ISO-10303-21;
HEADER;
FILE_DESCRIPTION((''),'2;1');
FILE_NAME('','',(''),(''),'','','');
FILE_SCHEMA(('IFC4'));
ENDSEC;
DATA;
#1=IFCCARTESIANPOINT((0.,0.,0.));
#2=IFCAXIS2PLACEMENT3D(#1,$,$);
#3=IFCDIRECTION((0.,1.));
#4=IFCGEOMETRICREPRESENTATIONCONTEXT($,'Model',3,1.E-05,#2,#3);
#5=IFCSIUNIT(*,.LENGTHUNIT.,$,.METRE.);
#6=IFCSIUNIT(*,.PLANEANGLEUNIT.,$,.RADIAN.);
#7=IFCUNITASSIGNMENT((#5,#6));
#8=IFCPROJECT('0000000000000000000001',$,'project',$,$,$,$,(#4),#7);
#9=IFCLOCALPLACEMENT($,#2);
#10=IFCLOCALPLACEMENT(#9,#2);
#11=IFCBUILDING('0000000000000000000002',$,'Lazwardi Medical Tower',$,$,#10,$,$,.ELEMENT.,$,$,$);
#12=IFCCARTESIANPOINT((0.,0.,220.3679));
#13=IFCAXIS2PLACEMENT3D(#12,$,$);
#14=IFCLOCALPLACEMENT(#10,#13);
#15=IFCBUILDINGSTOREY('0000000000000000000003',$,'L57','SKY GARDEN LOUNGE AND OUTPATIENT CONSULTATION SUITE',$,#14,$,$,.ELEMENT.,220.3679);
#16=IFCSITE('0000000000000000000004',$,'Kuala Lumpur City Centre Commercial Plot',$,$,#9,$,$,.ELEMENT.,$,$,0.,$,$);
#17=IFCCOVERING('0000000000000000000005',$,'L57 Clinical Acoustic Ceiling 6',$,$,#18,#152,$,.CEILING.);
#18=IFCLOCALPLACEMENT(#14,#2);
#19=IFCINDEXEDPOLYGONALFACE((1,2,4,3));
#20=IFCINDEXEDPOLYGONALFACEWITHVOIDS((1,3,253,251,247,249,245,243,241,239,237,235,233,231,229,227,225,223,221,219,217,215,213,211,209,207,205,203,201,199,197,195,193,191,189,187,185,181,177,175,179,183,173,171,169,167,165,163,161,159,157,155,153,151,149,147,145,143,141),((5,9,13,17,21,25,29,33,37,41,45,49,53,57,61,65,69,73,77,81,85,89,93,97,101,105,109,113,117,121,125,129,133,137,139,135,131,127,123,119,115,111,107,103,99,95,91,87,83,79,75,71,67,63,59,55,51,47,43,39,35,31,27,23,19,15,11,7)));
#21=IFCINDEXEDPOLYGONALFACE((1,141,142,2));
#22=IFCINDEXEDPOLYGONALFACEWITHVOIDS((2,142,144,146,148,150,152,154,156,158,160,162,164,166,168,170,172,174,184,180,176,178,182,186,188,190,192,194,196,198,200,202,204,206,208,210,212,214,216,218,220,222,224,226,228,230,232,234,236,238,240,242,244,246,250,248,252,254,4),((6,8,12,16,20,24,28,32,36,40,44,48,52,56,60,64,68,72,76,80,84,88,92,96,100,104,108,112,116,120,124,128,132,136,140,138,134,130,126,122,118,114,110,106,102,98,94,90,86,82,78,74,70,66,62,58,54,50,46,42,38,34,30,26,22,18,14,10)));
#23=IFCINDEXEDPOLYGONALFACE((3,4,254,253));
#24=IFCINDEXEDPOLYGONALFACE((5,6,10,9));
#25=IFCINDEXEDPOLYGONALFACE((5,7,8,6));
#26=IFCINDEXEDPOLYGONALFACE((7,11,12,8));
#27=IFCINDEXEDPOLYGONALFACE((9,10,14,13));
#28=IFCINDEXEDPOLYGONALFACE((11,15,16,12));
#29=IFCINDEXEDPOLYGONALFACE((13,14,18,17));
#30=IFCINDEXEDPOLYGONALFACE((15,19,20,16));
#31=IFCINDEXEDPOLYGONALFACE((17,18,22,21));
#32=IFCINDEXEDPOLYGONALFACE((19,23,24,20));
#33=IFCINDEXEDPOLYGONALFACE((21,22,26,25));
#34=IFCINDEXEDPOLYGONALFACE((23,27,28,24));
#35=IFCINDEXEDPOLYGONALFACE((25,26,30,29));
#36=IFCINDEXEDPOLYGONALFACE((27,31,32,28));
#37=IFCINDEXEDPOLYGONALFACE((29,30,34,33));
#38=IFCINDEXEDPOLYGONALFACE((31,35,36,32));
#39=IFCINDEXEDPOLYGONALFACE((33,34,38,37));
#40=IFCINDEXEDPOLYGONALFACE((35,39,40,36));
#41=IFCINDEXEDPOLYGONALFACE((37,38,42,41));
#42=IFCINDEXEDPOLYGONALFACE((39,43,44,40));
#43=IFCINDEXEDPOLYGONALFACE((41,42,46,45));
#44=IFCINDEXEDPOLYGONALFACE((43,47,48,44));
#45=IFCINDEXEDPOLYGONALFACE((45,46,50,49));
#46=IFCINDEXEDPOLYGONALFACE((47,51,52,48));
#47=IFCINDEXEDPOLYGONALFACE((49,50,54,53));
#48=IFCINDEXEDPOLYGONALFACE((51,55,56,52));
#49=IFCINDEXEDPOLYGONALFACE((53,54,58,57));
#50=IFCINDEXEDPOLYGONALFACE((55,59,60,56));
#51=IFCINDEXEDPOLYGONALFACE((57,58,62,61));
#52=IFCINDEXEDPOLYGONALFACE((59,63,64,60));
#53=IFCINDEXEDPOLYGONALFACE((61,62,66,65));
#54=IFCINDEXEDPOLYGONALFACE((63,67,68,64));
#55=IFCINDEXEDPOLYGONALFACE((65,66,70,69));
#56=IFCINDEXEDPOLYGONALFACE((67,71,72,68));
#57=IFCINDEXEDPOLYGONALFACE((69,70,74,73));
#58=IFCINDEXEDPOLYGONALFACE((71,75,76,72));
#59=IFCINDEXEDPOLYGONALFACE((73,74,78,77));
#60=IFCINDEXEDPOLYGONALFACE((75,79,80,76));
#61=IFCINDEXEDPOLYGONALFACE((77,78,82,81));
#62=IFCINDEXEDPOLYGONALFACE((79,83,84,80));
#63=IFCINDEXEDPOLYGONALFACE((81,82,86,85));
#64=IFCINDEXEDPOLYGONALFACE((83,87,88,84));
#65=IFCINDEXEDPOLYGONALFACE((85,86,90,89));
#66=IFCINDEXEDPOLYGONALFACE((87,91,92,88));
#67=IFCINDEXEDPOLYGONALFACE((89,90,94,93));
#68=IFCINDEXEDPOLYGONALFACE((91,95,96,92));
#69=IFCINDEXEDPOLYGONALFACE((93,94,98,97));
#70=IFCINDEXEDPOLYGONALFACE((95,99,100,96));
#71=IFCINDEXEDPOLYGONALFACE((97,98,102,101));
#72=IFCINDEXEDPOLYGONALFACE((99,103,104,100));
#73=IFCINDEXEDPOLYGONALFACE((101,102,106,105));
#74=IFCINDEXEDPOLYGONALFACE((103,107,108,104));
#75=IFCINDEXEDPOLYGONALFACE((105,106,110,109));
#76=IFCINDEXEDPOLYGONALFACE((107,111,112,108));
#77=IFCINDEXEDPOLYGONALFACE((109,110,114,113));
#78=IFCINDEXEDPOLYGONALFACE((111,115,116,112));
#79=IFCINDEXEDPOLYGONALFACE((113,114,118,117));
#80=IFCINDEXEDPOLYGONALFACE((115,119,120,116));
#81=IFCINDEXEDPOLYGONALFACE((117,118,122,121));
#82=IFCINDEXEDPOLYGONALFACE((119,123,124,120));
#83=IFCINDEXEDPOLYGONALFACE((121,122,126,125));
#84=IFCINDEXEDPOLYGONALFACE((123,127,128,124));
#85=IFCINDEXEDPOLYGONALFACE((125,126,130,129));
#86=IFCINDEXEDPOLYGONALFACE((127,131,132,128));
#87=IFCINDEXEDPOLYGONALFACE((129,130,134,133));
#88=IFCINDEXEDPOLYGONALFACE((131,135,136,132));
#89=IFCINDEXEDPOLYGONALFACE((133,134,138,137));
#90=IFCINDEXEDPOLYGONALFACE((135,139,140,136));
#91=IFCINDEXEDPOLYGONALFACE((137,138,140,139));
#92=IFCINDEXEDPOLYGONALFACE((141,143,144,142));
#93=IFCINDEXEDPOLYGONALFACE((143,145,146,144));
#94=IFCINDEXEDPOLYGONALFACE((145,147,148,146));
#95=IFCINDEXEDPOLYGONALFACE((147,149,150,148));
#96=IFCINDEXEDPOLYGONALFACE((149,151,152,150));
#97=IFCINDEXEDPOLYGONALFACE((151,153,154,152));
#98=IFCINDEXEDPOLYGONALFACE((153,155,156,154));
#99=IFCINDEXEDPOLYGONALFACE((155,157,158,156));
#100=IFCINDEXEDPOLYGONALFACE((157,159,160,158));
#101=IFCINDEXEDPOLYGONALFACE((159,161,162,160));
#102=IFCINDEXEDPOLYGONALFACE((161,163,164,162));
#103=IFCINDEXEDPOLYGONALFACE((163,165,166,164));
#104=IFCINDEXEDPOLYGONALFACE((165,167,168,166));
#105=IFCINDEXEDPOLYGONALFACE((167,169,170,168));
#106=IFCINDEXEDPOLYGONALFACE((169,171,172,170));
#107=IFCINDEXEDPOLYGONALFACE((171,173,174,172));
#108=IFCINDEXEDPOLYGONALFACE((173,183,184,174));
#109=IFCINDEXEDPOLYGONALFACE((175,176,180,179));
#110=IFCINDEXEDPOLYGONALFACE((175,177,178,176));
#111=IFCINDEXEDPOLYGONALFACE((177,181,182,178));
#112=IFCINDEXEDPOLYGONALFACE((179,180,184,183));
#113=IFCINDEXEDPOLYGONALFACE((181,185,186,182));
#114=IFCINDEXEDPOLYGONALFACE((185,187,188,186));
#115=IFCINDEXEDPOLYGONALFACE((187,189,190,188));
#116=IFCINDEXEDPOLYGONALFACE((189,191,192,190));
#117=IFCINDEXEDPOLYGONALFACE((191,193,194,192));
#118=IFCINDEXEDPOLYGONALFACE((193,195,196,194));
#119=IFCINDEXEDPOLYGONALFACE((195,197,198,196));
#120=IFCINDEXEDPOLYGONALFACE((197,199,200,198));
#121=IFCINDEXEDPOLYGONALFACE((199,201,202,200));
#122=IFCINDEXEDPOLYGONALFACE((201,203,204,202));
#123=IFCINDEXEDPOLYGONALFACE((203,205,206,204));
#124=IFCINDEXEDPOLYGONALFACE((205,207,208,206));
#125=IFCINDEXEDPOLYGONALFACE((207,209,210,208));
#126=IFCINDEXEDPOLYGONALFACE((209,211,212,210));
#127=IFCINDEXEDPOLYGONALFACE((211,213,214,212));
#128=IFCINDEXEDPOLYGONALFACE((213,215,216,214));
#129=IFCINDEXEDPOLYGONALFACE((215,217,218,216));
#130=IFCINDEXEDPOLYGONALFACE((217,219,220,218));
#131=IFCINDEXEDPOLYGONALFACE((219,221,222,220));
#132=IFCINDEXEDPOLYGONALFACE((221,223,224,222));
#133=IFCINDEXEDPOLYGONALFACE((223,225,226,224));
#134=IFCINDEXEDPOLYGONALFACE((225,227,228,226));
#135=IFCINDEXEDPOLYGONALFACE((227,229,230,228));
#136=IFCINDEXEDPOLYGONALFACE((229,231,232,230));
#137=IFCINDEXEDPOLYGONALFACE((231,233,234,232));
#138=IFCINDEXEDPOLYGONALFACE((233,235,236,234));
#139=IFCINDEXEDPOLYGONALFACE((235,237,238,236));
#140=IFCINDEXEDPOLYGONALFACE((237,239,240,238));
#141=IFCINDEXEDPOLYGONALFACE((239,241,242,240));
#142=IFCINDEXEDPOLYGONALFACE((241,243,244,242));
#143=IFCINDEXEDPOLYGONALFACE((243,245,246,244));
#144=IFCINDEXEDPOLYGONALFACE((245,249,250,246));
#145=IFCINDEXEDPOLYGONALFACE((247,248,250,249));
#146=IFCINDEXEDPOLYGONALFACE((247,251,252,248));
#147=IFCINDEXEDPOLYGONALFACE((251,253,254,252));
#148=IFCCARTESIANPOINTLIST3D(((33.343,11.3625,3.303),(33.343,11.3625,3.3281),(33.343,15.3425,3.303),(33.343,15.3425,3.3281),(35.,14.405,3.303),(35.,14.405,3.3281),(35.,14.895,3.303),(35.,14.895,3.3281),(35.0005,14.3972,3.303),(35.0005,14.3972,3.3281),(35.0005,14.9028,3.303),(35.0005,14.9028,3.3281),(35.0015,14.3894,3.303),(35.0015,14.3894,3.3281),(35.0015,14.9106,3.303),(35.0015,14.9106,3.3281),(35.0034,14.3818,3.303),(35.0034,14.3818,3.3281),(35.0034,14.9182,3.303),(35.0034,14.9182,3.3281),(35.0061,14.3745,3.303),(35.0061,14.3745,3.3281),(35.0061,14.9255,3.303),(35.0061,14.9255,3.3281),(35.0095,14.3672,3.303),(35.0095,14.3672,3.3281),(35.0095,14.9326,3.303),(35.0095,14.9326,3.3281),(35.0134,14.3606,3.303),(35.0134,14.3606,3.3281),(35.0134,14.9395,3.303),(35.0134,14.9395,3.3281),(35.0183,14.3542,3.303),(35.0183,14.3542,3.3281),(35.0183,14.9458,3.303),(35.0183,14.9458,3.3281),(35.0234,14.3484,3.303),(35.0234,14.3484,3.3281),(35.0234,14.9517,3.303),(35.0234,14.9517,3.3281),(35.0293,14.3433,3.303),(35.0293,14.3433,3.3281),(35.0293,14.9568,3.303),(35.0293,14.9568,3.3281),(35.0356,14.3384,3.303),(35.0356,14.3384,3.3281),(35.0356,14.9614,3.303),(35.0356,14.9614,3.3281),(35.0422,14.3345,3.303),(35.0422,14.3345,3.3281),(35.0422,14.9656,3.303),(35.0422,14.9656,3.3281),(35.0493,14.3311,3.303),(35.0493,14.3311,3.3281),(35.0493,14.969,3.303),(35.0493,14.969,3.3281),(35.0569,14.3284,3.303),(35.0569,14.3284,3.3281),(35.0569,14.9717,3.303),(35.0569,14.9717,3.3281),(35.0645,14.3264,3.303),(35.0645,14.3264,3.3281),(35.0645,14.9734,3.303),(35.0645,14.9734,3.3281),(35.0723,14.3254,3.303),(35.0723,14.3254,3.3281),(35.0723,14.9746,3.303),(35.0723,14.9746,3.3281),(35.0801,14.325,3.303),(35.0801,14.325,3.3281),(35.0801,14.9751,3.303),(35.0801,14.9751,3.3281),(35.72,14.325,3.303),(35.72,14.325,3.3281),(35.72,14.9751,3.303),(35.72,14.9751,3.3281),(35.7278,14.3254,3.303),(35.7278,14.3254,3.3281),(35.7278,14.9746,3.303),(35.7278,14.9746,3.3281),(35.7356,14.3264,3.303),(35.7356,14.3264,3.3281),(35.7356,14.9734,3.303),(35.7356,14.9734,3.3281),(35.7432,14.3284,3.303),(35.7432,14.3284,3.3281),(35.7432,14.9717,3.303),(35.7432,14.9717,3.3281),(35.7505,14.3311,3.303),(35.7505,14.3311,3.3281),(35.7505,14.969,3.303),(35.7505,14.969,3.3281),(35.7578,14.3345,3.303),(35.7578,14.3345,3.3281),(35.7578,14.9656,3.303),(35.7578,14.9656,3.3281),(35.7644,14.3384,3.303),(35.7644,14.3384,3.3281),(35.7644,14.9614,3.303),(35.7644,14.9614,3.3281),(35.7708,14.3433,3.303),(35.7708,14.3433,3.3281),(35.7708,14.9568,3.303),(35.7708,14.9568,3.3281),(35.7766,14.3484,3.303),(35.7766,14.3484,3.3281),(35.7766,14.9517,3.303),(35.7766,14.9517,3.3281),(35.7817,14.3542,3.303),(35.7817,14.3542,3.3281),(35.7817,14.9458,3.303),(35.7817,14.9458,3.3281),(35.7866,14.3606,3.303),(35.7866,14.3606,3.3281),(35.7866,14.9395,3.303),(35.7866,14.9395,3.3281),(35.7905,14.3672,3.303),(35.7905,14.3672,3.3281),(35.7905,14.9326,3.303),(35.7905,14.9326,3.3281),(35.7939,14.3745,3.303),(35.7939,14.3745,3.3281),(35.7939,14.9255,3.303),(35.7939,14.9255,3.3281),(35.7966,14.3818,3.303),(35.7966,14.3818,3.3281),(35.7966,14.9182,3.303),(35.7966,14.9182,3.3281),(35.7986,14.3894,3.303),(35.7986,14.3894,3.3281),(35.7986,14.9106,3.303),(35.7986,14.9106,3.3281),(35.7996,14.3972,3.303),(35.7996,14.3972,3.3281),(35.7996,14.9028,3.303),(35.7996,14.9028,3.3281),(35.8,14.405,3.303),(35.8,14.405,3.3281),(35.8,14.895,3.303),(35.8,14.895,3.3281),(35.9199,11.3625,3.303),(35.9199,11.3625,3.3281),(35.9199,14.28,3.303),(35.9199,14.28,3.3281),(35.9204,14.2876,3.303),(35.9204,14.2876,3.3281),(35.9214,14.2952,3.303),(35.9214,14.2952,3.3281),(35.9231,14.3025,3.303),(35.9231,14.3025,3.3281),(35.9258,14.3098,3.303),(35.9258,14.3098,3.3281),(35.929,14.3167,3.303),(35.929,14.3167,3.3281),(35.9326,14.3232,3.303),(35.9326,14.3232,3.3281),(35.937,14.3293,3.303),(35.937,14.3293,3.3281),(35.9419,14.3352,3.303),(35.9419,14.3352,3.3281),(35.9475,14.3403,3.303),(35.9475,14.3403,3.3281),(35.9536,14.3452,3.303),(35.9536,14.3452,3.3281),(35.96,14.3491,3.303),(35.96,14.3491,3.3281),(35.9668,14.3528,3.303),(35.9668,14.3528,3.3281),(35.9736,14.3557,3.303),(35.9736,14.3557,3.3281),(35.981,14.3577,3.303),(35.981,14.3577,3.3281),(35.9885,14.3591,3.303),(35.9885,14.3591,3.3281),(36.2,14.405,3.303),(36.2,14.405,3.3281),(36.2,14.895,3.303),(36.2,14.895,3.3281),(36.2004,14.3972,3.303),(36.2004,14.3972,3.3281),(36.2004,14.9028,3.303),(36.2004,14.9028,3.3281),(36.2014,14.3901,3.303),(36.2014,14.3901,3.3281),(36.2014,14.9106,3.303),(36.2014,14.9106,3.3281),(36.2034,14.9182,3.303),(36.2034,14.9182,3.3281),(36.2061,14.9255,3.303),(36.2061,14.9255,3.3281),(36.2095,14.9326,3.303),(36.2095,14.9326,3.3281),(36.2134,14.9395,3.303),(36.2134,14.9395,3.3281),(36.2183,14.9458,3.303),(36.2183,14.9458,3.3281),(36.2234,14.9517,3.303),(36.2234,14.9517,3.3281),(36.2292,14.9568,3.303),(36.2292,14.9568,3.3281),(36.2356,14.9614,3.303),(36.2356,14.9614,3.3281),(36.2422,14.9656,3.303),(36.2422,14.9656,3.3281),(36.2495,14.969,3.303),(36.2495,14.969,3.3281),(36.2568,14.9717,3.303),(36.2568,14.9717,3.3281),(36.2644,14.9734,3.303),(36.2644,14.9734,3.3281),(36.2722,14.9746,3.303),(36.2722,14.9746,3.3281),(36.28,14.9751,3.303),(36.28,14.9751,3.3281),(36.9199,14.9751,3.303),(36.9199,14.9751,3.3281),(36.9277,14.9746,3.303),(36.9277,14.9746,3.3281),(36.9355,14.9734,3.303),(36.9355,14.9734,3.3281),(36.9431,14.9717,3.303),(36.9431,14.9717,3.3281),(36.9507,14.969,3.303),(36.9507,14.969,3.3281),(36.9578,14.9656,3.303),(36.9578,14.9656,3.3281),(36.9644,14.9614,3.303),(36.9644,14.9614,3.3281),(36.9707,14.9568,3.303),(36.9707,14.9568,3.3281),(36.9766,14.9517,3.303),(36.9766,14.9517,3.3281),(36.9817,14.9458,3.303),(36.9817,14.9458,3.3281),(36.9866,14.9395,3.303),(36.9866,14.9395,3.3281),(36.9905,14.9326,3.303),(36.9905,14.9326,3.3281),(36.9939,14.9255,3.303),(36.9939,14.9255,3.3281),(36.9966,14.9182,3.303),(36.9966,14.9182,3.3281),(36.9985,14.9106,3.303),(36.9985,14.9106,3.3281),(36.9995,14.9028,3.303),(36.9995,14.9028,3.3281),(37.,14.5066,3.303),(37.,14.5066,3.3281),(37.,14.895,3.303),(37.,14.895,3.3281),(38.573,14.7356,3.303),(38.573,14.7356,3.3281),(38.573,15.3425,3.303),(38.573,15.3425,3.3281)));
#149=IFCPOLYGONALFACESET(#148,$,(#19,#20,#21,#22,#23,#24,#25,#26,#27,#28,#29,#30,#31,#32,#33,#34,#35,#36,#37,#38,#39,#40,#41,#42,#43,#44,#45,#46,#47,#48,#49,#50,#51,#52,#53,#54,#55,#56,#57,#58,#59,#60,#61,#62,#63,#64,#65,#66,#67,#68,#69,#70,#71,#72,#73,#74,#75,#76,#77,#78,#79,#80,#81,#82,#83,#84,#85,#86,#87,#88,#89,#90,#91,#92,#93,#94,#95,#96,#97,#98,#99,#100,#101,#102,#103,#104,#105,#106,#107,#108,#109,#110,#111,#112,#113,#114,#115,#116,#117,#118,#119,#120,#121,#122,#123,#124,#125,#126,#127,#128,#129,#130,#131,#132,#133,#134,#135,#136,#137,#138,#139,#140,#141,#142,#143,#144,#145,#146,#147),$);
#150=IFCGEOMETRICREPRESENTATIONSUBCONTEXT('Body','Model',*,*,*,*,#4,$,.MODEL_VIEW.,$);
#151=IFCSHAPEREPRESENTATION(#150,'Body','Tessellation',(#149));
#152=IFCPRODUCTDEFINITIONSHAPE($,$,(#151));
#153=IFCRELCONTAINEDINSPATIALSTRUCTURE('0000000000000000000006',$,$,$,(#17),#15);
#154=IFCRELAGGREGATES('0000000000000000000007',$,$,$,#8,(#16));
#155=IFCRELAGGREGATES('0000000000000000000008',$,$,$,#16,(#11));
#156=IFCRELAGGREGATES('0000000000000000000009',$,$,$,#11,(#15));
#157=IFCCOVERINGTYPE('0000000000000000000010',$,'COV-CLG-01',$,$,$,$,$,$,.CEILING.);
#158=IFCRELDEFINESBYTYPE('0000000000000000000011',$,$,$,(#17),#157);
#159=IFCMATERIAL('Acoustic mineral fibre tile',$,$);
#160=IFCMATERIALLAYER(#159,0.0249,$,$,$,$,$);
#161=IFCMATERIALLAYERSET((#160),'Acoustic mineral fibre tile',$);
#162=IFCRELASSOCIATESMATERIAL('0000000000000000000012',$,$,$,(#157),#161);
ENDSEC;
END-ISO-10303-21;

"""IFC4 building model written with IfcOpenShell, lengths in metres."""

from ifc_helpers import new_model, si_unit, direction, frame, origin, place, context, subcontext, project, spatial, polyline, outline, extrude, material, layer, layer_set, type_object, element, save


model = new_model("IFC4")

# Units and contexts
model_context = context("Model", 3, precision=1e-05, world=origin(), true_north=direction((0.0, 1.0)))
body_context = subcontext(model_context, "Body", "Model", "MODEL_VIEW")
ifc_project = project(units=[si_unit("LENGTHUNIT", "METRE"), si_unit("PLANEANGLEUNIT", "RADIAN")], contexts=[model_context])

# Site, building, storey
site_placement = place(None, origin())
site = spatial("IfcSite", under=ifc_project, at=site_placement, Name="Kuala Lumpur City Centre Commercial Plot", CompositionType="ELEMENT", RefElevation=0.0)
building_placement = place(site_placement, origin())
building = spatial("IfcBuilding", under=site, at=building_placement, Name="Lazwardi Medical Tower", CompositionType="ELEMENT")
storey_placement = place(building_placement, frame((0.0, 0.0, 220.3679)))
storey = spatial("IfcBuildingStorey", under=building, at=storey_placement, Name="L57", Description="SKY GARDEN LOUNGE AND OUTPATIENT CONSULTATION SUITE", CompositionType="ELEMENT", Elevation=220.3679)

# Covering
ifc_material_1 = material(Name="Acoustic mineral fibre tile")
ifc_layer_1 = layer(ifc_material_1, 0.0249)
ifc_layer_set_1 = layer_set([ifc_layer_1], Name="Acoustic mineral fibre tile")
covering_type_1 = type_object("IfcCoveringType", Name="COV-CLG-01", PredefinedType="CEILING", material=ifc_layer_set_1)
covering_1_placement = place(storey_placement, frame((0.0, 0.0, 3.303)))
element("IfcCovering", 1, at=covering_1_placement, inside=storey, type_object=covering_type_1, Name="L57 Clinical Acoustic Ceiling 6", PredefinedType="CEILING", context=body_context, shape_type="SweptSolid", body=[
    extrude(outline(polyline([(35.9199, 11.3625), (35.9199, 14.28), (35.9204, 14.2876), (35.9214, 14.2952), (35.9231, 14.3025), (35.9258, 14.3098), (35.929, 14.3167), (35.9326, 14.3232), (35.937, 14.3293), (35.9419, 14.3352), (35.9475, 14.3403), (35.9536, 14.3452), (35.96, 14.3491), (35.9668, 14.3528), (35.9736, 14.3557), (35.981, 14.3577), (35.9885, 14.3591), (36.2014, 14.3901), (36.2004, 14.3972), (36.2, 14.405), (36.2, 14.895), (36.2004, 14.9028), (36.2014, 14.9106), (36.2034, 14.9182), (36.2061, 14.9255), (36.2095, 14.9326), (36.2134, 14.9395), (36.2183, 14.9458), (36.2234, 14.9517), (36.2292, 14.9568), (36.2356, 14.9614), (36.2422, 14.9656), (36.2495, 14.969), (36.2568, 14.9717), (36.2644, 14.9734), (36.2722, 14.9746), (36.28, 14.9751), (36.9199, 14.9751), (36.9277, 14.9746), (36.9355, 14.9734), (36.9431, 14.9717), (36.9507, 14.969), (36.9578, 14.9656), (36.9644, 14.9614), (36.9707, 14.9568), (36.9766, 14.9517), (36.9817, 14.9458), (36.9866, 14.9395), (36.9905, 14.9326), (36.9939, 14.9255), (36.9966, 14.9182), (36.9985, 14.9106), (36.9995, 14.9028), (37.0, 14.895), (37.0, 14.5066), (38.573, 14.7356), (38.573, 15.3425), (33.343, 15.3425), (33.343, 11.3625), (35.9199, 11.3625)]), holes=[polyline([(35.7432, 14.3284), (35.7356, 14.3264), (35.7278, 14.3254), (35.72, 14.325), (35.0801, 14.325), (35.0723, 14.3254), (35.0645, 14.3264), (35.0569, 14.3284), (35.0493, 14.3311), (35.0422, 14.3345), (35.0356, 14.3384), (35.0293, 14.3433), (35.0234, 14.3484), (35.0183, 14.3542), (35.0134, 14.3606), (35.0095, 14.3672), (35.0061, 14.3745), (35.0034, 14.3818), (35.0015, 14.3894), (35.0005, 14.3972), (35.0, 14.405), (35.0, 14.895), (35.0005, 14.9028), (35.0015, 14.9106), (35.0034, 14.9182), (35.0061, 14.9255), (35.0095, 14.9326), (35.0134, 14.9395), (35.0183, 14.9458), (35.0234, 14.9517), (35.0293, 14.9568), (35.0356, 14.9614), (35.0422, 14.9656), (35.0493, 14.969), (35.0569, 14.9717), (35.0645, 14.9734), (35.0723, 14.9746), (35.0801, 14.9751), (35.72, 14.9751), (35.7278, 14.9746), (35.7356, 14.9734), (35.7432, 14.9717), (35.7505, 14.969), (35.7578, 14.9656), (35.7644, 14.9614), (35.7708, 14.9568), (35.7766, 14.9517), (35.7817, 14.9458), (35.7866, 14.9395), (35.7905, 14.9326), (35.7939, 14.9255), (35.7966, 14.9182), (35.7986, 14.9106), (35.7996, 14.9028), (35.8, 14.895), (35.8, 14.405), (35.7996, 14.3972), (35.7986, 14.3894), (35.7966, 14.3818), (35.7939, 14.3745), (35.7905, 14.3672), (35.7866, 14.3606), (35.7817, 14.3542), (35.7766, 14.3484), (35.7708, 14.3433), (35.7644, 14.3384), (35.7578, 14.3345), (35.7505, 14.3311), (35.7432, 14.3284)])]), origin(), (0.0, 0.0, 1.0), 0.0251),
])

save(model, "model.ifc")
